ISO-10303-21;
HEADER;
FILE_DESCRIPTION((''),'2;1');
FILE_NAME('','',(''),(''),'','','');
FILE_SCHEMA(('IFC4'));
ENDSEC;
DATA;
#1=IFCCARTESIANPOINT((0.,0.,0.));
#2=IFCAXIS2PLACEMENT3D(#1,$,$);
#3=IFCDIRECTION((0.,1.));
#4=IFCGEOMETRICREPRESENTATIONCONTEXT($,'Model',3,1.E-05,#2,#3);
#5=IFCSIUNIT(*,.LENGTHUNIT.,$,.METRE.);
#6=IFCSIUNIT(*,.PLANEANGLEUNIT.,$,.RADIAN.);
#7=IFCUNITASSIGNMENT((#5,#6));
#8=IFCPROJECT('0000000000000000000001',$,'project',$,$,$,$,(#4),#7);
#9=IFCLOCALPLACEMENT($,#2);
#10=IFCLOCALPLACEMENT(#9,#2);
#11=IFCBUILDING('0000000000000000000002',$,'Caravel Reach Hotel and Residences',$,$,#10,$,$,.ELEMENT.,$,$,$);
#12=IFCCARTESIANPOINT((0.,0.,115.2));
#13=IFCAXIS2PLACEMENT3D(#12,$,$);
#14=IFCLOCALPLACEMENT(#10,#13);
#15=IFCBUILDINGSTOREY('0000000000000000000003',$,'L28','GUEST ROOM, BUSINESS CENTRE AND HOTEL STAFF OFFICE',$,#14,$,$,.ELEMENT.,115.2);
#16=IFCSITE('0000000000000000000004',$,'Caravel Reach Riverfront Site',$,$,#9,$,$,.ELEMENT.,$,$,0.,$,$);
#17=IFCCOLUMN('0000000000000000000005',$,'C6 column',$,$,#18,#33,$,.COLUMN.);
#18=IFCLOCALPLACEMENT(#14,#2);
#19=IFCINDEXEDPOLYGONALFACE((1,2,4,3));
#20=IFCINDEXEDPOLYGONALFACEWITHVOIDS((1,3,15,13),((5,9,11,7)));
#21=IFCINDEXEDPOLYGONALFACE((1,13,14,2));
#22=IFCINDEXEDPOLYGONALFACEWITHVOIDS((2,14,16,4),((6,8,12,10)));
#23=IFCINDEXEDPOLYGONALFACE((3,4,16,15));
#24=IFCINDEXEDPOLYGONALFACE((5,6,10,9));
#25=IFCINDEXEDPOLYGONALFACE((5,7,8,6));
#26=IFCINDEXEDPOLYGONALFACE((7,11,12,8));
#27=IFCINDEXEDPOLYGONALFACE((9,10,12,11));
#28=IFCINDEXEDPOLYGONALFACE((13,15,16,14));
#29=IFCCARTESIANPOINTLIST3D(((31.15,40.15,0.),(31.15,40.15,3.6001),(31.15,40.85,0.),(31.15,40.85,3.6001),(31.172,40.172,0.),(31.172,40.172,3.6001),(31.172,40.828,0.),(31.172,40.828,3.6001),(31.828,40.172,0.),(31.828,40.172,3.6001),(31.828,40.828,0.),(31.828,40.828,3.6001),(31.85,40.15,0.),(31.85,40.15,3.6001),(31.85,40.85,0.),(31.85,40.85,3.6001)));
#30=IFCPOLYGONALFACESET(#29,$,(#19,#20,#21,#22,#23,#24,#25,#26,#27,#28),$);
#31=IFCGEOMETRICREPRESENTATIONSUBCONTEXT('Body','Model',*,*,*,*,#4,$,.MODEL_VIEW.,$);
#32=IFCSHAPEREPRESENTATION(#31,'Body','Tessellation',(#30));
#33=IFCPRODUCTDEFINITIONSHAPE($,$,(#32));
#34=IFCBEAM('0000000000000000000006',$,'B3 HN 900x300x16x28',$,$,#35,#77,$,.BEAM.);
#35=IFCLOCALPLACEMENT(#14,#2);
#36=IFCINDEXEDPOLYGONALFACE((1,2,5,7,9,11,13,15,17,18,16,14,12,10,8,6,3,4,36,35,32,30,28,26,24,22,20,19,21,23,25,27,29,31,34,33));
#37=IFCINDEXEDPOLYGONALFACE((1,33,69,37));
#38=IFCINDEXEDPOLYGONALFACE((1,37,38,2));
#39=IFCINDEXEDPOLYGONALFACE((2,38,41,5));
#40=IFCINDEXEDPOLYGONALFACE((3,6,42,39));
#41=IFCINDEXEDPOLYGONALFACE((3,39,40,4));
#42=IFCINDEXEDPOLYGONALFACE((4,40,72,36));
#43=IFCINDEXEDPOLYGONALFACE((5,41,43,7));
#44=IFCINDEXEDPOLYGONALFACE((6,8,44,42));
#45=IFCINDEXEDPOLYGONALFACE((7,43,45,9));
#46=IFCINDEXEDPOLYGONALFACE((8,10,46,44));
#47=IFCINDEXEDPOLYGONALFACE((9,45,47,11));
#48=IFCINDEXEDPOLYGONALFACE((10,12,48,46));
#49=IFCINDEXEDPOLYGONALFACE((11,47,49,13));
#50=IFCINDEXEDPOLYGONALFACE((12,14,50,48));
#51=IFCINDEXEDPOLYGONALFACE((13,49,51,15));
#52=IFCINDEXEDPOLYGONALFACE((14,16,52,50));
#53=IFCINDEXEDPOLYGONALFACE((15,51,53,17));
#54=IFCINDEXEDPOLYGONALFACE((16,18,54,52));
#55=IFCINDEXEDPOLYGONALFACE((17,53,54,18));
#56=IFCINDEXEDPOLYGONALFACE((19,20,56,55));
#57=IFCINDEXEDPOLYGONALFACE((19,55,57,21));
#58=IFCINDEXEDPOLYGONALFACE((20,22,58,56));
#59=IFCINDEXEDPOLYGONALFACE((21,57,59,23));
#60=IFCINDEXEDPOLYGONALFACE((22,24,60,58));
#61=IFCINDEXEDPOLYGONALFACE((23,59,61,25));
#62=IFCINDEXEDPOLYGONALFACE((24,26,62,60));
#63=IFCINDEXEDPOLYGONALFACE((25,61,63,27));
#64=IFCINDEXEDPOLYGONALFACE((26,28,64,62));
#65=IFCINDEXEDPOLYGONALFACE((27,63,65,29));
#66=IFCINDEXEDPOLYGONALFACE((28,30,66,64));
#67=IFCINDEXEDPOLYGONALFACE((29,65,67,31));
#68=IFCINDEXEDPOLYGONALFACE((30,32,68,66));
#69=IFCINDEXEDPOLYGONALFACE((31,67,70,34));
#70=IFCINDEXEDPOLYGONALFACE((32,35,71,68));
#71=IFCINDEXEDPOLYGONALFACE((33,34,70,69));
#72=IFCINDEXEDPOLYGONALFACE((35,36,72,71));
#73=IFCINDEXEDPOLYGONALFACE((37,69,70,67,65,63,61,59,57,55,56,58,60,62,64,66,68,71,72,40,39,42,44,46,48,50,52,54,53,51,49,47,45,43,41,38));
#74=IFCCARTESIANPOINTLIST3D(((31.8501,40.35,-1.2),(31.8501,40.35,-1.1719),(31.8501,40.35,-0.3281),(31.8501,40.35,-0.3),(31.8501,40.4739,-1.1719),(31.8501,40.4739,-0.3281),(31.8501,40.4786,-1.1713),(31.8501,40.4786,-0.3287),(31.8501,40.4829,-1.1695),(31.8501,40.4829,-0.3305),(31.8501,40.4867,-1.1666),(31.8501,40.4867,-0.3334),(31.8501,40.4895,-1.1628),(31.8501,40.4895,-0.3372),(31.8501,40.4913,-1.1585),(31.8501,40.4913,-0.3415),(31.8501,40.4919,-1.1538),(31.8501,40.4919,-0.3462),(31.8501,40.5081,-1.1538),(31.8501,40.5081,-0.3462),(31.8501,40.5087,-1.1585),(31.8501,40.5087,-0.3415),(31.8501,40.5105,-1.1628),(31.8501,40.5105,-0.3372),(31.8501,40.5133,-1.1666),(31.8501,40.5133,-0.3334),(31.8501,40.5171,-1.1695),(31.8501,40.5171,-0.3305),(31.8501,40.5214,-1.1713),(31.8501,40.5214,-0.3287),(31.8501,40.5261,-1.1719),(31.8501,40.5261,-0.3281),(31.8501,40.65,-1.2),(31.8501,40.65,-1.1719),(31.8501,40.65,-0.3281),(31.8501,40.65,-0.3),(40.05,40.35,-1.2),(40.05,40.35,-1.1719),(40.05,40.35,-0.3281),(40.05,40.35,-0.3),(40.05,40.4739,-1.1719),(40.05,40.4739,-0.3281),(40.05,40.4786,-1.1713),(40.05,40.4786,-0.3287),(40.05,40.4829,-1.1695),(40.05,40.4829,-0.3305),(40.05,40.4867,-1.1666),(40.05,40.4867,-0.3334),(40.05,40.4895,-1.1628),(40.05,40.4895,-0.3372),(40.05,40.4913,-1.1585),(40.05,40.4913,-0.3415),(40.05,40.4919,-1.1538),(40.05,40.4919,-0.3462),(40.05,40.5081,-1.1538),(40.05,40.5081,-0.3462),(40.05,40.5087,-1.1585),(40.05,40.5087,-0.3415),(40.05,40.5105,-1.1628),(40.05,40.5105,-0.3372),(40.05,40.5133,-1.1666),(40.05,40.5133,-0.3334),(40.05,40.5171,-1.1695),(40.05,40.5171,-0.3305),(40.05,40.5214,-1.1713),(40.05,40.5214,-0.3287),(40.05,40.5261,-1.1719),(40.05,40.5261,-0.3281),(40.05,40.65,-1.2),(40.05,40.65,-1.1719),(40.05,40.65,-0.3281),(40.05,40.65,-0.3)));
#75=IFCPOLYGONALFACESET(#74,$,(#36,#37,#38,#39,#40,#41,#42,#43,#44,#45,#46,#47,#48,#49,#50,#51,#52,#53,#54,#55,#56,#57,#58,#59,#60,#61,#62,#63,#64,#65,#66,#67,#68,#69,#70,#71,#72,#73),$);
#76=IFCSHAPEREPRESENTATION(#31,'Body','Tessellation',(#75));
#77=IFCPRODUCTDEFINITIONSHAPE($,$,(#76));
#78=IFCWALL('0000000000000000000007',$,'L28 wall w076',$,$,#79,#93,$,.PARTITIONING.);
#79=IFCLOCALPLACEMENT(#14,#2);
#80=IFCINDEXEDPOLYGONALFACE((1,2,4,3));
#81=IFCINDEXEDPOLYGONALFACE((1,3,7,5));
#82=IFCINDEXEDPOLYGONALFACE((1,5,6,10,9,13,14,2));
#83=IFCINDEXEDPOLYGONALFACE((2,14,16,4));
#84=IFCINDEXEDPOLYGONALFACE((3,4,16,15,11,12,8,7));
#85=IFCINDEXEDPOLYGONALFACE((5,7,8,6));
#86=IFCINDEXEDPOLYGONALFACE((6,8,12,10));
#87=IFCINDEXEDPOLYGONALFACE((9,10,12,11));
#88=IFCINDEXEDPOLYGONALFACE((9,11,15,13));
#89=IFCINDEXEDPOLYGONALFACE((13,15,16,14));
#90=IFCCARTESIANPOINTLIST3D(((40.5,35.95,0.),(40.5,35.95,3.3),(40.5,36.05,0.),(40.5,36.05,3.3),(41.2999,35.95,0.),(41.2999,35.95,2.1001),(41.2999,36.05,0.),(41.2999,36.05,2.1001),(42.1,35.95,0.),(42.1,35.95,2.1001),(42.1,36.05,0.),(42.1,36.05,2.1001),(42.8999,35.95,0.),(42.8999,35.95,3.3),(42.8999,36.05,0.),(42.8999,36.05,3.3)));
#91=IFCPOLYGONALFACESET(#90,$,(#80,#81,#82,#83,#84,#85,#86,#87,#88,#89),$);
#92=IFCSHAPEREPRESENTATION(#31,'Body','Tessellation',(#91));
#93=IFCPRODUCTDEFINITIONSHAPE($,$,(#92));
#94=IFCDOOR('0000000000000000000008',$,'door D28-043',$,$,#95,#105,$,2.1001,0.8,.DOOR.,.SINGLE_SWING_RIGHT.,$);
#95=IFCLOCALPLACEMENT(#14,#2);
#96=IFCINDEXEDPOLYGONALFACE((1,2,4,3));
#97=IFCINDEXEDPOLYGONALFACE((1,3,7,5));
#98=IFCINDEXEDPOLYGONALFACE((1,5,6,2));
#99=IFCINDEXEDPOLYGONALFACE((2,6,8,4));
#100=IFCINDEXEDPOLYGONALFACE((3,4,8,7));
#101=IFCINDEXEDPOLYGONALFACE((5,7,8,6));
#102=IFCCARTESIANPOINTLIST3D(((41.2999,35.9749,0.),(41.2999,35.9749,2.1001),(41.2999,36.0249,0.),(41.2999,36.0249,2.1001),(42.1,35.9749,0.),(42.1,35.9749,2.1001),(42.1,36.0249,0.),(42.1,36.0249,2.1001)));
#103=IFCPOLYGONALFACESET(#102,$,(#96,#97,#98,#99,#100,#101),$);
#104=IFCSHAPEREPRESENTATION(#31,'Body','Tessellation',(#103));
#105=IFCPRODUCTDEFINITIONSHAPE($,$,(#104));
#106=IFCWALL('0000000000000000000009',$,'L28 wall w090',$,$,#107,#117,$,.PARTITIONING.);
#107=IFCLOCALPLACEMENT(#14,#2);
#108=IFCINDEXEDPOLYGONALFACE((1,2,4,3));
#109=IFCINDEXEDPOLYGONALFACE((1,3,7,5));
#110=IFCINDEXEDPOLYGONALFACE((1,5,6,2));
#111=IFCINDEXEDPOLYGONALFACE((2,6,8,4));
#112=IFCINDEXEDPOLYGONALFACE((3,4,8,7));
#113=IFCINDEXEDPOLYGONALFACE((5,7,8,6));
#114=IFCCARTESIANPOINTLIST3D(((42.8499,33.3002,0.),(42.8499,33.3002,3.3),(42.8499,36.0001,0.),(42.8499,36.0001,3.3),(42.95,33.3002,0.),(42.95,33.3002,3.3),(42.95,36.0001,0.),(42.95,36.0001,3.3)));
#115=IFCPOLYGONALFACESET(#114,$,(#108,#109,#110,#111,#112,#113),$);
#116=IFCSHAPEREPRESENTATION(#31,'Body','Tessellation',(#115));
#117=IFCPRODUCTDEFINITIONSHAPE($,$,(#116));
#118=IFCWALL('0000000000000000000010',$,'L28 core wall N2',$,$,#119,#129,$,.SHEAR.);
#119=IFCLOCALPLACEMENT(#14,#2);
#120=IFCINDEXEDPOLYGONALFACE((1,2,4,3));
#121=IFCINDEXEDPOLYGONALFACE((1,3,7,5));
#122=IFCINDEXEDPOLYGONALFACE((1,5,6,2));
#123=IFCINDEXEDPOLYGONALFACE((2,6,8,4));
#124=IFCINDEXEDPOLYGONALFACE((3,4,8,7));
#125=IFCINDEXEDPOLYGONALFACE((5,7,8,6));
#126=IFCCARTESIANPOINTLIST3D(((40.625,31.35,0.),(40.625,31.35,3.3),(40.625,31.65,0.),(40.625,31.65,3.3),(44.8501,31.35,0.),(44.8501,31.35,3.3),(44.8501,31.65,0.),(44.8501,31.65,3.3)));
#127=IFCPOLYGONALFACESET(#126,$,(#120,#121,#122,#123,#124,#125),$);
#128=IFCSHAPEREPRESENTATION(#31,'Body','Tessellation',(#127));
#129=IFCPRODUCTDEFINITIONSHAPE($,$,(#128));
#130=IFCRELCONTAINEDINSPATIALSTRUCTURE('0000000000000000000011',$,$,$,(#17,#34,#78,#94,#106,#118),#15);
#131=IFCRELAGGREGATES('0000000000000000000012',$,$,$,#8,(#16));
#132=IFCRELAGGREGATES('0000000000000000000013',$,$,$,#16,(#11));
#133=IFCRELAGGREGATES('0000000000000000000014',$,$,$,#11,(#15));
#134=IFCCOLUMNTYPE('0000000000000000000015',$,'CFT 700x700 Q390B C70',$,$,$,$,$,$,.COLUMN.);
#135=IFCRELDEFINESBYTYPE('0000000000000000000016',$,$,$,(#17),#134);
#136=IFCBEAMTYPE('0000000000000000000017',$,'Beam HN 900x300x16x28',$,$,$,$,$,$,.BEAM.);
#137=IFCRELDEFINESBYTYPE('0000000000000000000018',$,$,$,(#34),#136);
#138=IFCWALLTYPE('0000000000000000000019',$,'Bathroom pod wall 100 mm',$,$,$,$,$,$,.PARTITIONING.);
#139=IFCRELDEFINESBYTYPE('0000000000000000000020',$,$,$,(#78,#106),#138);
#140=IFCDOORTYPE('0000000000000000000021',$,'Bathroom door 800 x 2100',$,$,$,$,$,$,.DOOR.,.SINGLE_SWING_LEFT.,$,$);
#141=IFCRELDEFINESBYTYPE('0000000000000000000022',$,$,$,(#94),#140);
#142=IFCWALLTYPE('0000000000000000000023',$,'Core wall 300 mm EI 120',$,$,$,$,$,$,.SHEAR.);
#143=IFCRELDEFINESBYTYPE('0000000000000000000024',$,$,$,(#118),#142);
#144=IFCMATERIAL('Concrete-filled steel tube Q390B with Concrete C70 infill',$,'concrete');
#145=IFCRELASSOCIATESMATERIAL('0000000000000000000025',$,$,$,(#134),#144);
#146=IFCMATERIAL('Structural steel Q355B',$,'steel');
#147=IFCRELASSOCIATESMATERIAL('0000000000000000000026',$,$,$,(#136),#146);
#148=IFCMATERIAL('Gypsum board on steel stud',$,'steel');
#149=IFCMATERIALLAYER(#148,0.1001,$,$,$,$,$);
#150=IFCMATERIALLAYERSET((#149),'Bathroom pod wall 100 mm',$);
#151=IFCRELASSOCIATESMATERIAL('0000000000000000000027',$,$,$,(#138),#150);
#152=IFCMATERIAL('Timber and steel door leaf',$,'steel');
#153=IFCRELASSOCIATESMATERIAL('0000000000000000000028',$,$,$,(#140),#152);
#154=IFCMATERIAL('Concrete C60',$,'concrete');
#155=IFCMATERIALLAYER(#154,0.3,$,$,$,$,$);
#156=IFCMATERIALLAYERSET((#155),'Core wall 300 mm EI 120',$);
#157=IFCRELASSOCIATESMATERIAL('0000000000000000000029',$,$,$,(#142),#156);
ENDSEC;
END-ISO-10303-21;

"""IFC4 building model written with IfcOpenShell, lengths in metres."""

from ifc_helpers import new_model, si_unit, direction, frame, frame_2d, origin, origin_2d, place, context, subcontext, project, spatial, rectangle, hollow_rectangle, i_section, extrude, material, layer, layer_set, material_profile, profile_set, type_object, element, fill, save


model = new_model("IFC4")

# Units and contexts
model_context = context("Model", 3, precision=1e-05, world=origin(), true_north=direction((0.0, 1.0)))
body_context = subcontext(model_context, "Body", "Model", "MODEL_VIEW")
ifc_project = project(units=[si_unit("LENGTHUNIT", "METRE"), si_unit("PLANEANGLEUNIT", "RADIAN")], contexts=[model_context])

# Site, building, storey
site_placement = place(None, origin())
site = spatial("IfcSite", under=ifc_project, at=site_placement, Name="Caravel Reach Riverfront Site", CompositionType="ELEMENT", RefElevation=0.0)
building_placement = place(site_placement, origin())
building = spatial("IfcBuilding", under=site, at=building_placement, Name="Caravel Reach Hotel and Residences", CompositionType="ELEMENT")
storey_placement = place(building_placement, frame((0.0, 0.0, 115.2)))
storey = spatial("IfcBuildingStorey", under=building, at=storey_placement, Name="L28", Description="GUEST ROOM, BUSINESS CENTRE AND HOTEL STAFF OFFICE", CompositionType="ELEMENT", Elevation=115.2)

# Column
ifc_material_1 = material(Name="Concrete-filled steel tube Q390B with Concrete C70 infill", Category="concrete")
ifc_material_profile_1 = material_profile(ifc_material_1, hollow_rectangle(XDim=0.7, YDim=0.7, WallThickness=0.022, at=origin_2d()), Name="RHS 700x700x22")
ifc_profile_set_1 = profile_set([ifc_material_profile_1], Name="Concrete-filled steel tube Q390B with Concrete C70 infill")
column_type = type_object("IfcColumnType", Name="CFT 700x700 Q390B C70", PredefinedType="COLUMN", material=ifc_profile_set_1)
column_placement = place(storey_placement, frame((31.5, 40.5, 0.0), z_axis=(0.0, 0.0, 1.0), x_axis=(1.0, 0.0, 0.0)))
element("IfcColumn", 1, at=column_placement, inside=storey, type_object=column_type, Name="C6 column", PredefinedType="COLUMN", context=body_context, shape_type="SweptSolid", body=[
    extrude(hollow_rectangle(XDim=0.7, YDim=0.7, WallThickness=0.022, at=origin_2d()), origin(), (0.0, 0.0, 1.0), 3.6001),
])

# Beam
ifc_material_2 = material(Name="Structural steel Q355B", Category="steel")
ifc_material_profile_2 = material_profile(ifc_material_2, i_section(OverallWidth=0.3, OverallDepth=0.8999, WebThickness=0.0161, FlangeThickness=0.0281, FilletRadius=0.0181, at=origin_2d()), Name="HN 900x300x16x28")
ifc_profile_set_2 = profile_set([ifc_material_profile_2], Name="Structural steel Q355B")
beam_type = type_object("IfcBeamType", Name="Beam HN 900x300x16x28", PredefinedType="BEAM", material=ifc_profile_set_2)
beam_placement = place(storey_placement, frame((31.8501, 40.5, -0.75), z_axis=(1.0, 0.0, 0.0), x_axis=(0.0, 1.0, 0.0)))
element("IfcBeam", 2, at=beam_placement, inside=storey, type_object=beam_type, Name="B3 HN 900x300x16x28", PredefinedType="BEAM", context=body_context, shape_type="SweptSolid", body=[
    extrude(i_section(OverallWidth=0.3, OverallDepth=0.8999, WebThickness=0.0161, FlangeThickness=0.0281, FilletRadius=0.0181, at=origin_2d()), origin(), (0.0, 0.0, 1.0), 8.2),
])

# Wall, opening, door
ifc_material_3 = material(Name="Gypsum board on steel stud", Category="steel")
ifc_layer_1 = layer(ifc_material_3, 0.1001)
ifc_layer_set_1 = layer_set([ifc_layer_1], Name="Bathroom pod wall 100 mm")
wall_type_1 = type_object("IfcWallType", Name="Bathroom pod wall 100 mm", PredefinedType="PARTITIONING", material=ifc_layer_set_1)
wall_1_placement = place(storey_placement, frame((40.5, 36.0, 0.0), z_axis=(0.0, 0.0, 1.0), x_axis=(1.0, 0.0, 0.0)))
wall_1 = element("IfcWall", 3, at=wall_1_placement, inside=storey, type_object=wall_type_1, Name="L28 wall w076", PredefinedType="PARTITIONING", context=body_context, shape_type="SweptSolid", body=[
    extrude(rectangle(XDim=2.3999, YDim=0.1001, at=frame_2d((1.2, 0.0))), origin(), (0.0, 0.0, 1.0), 3.3),
])
opening_1_placement = place(wall_1_placement, frame((0.8, 0.0, 0.0)))
opening_1 = element("IfcOpeningElement", 4, at=opening_1_placement, cuts=wall_1, PredefinedType="OPENING", context=body_context, shape_type="SweptSolid", body=[
    extrude(rectangle(XDim=0.8, YDim=2.1001, at=frame_2d((0.3999, 1.05))), frame((0.0, 0.0601, 0.0), z_axis=(0.0, -1.0, 0.0), x_axis=(1.0, 0.0, 0.0)), (0.0, 0.0, 1.0), 0.1201),
])
ifc_material_4 = material(Name="Timber and steel door leaf", Category="steel")
door_type_1 = type_object("IfcDoorType", Name="Bathroom door 800 x 2100", OperationType="SINGLE_SWING_LEFT", PredefinedType="DOOR", material=ifc_material_4)
door_1_placement = place(opening_1_placement, origin())
door_1 = element("IfcDoor", 5, at=door_1_placement, inside=storey, type_object=door_type_1, Name="door D28-043", OperationType="SINGLE_SWING_RIGHT", OverallHeight=2.1001, OverallWidth=0.8, PredefinedType="DOOR", context=body_context, shape_type="SweptSolid", body=[
    extrude(rectangle(XDim=0.8, YDim=2.1001, at=frame_2d((0.3999, 1.05))), frame((0.0, 0.0249, 0.0), z_axis=(0.0, -1.0, 0.0), x_axis=(1.0, 0.0, 0.0)), (0.0, 0.0, 1.0), 0.05),
])
fill(opening_1, door_1)

# Walls
wall_2_placement = place(storey_placement, frame((42.8999, 33.3, 0.0), z_axis=(0.0, 0.0, 1.0), x_axis=(0.0, 1.0, 0.0)))
element("IfcWall", 6, at=wall_2_placement, inside=storey, type_object=wall_type_1, Name="L28 wall w090", PredefinedType="PARTITIONING", context=body_context, shape_type="SweptSolid", body=[
    extrude(rectangle(XDim=2.7, YDim=0.1001, at=frame_2d((1.3501, 0.0))), origin(), (0.0, 0.0, 1.0), 3.3),
])
ifc_material_5 = material(Name="Concrete C60", Category="concrete")
ifc_layer_2 = layer(ifc_material_5, 0.3)
ifc_layer_set_2 = layer_set([ifc_layer_2], Name="Core wall 300 mm EI 120")
wall_type_2 = type_object("IfcWallType", Name="Core wall 300 mm EI 120", PredefinedType="SHEAR", material=ifc_layer_set_2)
wall_3_placement = place(storey_placement, frame((40.625, 31.5, 0.0), z_axis=(0.0, 0.0, 1.0), x_axis=(1.0, 0.0, 0.0)))
element("IfcWall", 7, at=wall_3_placement, inside=storey, type_object=wall_type_2, Name="L28 core wall N2", PredefinedType="SHEAR", context=body_context, shape_type="SweptSolid", body=[
    extrude(rectangle(XDim=4.2251, YDim=0.3, at=frame_2d((2.1125, 0.0))), origin(), (0.0, 0.0, 1.0), 3.3),
])

save(model, "model.ifc")
